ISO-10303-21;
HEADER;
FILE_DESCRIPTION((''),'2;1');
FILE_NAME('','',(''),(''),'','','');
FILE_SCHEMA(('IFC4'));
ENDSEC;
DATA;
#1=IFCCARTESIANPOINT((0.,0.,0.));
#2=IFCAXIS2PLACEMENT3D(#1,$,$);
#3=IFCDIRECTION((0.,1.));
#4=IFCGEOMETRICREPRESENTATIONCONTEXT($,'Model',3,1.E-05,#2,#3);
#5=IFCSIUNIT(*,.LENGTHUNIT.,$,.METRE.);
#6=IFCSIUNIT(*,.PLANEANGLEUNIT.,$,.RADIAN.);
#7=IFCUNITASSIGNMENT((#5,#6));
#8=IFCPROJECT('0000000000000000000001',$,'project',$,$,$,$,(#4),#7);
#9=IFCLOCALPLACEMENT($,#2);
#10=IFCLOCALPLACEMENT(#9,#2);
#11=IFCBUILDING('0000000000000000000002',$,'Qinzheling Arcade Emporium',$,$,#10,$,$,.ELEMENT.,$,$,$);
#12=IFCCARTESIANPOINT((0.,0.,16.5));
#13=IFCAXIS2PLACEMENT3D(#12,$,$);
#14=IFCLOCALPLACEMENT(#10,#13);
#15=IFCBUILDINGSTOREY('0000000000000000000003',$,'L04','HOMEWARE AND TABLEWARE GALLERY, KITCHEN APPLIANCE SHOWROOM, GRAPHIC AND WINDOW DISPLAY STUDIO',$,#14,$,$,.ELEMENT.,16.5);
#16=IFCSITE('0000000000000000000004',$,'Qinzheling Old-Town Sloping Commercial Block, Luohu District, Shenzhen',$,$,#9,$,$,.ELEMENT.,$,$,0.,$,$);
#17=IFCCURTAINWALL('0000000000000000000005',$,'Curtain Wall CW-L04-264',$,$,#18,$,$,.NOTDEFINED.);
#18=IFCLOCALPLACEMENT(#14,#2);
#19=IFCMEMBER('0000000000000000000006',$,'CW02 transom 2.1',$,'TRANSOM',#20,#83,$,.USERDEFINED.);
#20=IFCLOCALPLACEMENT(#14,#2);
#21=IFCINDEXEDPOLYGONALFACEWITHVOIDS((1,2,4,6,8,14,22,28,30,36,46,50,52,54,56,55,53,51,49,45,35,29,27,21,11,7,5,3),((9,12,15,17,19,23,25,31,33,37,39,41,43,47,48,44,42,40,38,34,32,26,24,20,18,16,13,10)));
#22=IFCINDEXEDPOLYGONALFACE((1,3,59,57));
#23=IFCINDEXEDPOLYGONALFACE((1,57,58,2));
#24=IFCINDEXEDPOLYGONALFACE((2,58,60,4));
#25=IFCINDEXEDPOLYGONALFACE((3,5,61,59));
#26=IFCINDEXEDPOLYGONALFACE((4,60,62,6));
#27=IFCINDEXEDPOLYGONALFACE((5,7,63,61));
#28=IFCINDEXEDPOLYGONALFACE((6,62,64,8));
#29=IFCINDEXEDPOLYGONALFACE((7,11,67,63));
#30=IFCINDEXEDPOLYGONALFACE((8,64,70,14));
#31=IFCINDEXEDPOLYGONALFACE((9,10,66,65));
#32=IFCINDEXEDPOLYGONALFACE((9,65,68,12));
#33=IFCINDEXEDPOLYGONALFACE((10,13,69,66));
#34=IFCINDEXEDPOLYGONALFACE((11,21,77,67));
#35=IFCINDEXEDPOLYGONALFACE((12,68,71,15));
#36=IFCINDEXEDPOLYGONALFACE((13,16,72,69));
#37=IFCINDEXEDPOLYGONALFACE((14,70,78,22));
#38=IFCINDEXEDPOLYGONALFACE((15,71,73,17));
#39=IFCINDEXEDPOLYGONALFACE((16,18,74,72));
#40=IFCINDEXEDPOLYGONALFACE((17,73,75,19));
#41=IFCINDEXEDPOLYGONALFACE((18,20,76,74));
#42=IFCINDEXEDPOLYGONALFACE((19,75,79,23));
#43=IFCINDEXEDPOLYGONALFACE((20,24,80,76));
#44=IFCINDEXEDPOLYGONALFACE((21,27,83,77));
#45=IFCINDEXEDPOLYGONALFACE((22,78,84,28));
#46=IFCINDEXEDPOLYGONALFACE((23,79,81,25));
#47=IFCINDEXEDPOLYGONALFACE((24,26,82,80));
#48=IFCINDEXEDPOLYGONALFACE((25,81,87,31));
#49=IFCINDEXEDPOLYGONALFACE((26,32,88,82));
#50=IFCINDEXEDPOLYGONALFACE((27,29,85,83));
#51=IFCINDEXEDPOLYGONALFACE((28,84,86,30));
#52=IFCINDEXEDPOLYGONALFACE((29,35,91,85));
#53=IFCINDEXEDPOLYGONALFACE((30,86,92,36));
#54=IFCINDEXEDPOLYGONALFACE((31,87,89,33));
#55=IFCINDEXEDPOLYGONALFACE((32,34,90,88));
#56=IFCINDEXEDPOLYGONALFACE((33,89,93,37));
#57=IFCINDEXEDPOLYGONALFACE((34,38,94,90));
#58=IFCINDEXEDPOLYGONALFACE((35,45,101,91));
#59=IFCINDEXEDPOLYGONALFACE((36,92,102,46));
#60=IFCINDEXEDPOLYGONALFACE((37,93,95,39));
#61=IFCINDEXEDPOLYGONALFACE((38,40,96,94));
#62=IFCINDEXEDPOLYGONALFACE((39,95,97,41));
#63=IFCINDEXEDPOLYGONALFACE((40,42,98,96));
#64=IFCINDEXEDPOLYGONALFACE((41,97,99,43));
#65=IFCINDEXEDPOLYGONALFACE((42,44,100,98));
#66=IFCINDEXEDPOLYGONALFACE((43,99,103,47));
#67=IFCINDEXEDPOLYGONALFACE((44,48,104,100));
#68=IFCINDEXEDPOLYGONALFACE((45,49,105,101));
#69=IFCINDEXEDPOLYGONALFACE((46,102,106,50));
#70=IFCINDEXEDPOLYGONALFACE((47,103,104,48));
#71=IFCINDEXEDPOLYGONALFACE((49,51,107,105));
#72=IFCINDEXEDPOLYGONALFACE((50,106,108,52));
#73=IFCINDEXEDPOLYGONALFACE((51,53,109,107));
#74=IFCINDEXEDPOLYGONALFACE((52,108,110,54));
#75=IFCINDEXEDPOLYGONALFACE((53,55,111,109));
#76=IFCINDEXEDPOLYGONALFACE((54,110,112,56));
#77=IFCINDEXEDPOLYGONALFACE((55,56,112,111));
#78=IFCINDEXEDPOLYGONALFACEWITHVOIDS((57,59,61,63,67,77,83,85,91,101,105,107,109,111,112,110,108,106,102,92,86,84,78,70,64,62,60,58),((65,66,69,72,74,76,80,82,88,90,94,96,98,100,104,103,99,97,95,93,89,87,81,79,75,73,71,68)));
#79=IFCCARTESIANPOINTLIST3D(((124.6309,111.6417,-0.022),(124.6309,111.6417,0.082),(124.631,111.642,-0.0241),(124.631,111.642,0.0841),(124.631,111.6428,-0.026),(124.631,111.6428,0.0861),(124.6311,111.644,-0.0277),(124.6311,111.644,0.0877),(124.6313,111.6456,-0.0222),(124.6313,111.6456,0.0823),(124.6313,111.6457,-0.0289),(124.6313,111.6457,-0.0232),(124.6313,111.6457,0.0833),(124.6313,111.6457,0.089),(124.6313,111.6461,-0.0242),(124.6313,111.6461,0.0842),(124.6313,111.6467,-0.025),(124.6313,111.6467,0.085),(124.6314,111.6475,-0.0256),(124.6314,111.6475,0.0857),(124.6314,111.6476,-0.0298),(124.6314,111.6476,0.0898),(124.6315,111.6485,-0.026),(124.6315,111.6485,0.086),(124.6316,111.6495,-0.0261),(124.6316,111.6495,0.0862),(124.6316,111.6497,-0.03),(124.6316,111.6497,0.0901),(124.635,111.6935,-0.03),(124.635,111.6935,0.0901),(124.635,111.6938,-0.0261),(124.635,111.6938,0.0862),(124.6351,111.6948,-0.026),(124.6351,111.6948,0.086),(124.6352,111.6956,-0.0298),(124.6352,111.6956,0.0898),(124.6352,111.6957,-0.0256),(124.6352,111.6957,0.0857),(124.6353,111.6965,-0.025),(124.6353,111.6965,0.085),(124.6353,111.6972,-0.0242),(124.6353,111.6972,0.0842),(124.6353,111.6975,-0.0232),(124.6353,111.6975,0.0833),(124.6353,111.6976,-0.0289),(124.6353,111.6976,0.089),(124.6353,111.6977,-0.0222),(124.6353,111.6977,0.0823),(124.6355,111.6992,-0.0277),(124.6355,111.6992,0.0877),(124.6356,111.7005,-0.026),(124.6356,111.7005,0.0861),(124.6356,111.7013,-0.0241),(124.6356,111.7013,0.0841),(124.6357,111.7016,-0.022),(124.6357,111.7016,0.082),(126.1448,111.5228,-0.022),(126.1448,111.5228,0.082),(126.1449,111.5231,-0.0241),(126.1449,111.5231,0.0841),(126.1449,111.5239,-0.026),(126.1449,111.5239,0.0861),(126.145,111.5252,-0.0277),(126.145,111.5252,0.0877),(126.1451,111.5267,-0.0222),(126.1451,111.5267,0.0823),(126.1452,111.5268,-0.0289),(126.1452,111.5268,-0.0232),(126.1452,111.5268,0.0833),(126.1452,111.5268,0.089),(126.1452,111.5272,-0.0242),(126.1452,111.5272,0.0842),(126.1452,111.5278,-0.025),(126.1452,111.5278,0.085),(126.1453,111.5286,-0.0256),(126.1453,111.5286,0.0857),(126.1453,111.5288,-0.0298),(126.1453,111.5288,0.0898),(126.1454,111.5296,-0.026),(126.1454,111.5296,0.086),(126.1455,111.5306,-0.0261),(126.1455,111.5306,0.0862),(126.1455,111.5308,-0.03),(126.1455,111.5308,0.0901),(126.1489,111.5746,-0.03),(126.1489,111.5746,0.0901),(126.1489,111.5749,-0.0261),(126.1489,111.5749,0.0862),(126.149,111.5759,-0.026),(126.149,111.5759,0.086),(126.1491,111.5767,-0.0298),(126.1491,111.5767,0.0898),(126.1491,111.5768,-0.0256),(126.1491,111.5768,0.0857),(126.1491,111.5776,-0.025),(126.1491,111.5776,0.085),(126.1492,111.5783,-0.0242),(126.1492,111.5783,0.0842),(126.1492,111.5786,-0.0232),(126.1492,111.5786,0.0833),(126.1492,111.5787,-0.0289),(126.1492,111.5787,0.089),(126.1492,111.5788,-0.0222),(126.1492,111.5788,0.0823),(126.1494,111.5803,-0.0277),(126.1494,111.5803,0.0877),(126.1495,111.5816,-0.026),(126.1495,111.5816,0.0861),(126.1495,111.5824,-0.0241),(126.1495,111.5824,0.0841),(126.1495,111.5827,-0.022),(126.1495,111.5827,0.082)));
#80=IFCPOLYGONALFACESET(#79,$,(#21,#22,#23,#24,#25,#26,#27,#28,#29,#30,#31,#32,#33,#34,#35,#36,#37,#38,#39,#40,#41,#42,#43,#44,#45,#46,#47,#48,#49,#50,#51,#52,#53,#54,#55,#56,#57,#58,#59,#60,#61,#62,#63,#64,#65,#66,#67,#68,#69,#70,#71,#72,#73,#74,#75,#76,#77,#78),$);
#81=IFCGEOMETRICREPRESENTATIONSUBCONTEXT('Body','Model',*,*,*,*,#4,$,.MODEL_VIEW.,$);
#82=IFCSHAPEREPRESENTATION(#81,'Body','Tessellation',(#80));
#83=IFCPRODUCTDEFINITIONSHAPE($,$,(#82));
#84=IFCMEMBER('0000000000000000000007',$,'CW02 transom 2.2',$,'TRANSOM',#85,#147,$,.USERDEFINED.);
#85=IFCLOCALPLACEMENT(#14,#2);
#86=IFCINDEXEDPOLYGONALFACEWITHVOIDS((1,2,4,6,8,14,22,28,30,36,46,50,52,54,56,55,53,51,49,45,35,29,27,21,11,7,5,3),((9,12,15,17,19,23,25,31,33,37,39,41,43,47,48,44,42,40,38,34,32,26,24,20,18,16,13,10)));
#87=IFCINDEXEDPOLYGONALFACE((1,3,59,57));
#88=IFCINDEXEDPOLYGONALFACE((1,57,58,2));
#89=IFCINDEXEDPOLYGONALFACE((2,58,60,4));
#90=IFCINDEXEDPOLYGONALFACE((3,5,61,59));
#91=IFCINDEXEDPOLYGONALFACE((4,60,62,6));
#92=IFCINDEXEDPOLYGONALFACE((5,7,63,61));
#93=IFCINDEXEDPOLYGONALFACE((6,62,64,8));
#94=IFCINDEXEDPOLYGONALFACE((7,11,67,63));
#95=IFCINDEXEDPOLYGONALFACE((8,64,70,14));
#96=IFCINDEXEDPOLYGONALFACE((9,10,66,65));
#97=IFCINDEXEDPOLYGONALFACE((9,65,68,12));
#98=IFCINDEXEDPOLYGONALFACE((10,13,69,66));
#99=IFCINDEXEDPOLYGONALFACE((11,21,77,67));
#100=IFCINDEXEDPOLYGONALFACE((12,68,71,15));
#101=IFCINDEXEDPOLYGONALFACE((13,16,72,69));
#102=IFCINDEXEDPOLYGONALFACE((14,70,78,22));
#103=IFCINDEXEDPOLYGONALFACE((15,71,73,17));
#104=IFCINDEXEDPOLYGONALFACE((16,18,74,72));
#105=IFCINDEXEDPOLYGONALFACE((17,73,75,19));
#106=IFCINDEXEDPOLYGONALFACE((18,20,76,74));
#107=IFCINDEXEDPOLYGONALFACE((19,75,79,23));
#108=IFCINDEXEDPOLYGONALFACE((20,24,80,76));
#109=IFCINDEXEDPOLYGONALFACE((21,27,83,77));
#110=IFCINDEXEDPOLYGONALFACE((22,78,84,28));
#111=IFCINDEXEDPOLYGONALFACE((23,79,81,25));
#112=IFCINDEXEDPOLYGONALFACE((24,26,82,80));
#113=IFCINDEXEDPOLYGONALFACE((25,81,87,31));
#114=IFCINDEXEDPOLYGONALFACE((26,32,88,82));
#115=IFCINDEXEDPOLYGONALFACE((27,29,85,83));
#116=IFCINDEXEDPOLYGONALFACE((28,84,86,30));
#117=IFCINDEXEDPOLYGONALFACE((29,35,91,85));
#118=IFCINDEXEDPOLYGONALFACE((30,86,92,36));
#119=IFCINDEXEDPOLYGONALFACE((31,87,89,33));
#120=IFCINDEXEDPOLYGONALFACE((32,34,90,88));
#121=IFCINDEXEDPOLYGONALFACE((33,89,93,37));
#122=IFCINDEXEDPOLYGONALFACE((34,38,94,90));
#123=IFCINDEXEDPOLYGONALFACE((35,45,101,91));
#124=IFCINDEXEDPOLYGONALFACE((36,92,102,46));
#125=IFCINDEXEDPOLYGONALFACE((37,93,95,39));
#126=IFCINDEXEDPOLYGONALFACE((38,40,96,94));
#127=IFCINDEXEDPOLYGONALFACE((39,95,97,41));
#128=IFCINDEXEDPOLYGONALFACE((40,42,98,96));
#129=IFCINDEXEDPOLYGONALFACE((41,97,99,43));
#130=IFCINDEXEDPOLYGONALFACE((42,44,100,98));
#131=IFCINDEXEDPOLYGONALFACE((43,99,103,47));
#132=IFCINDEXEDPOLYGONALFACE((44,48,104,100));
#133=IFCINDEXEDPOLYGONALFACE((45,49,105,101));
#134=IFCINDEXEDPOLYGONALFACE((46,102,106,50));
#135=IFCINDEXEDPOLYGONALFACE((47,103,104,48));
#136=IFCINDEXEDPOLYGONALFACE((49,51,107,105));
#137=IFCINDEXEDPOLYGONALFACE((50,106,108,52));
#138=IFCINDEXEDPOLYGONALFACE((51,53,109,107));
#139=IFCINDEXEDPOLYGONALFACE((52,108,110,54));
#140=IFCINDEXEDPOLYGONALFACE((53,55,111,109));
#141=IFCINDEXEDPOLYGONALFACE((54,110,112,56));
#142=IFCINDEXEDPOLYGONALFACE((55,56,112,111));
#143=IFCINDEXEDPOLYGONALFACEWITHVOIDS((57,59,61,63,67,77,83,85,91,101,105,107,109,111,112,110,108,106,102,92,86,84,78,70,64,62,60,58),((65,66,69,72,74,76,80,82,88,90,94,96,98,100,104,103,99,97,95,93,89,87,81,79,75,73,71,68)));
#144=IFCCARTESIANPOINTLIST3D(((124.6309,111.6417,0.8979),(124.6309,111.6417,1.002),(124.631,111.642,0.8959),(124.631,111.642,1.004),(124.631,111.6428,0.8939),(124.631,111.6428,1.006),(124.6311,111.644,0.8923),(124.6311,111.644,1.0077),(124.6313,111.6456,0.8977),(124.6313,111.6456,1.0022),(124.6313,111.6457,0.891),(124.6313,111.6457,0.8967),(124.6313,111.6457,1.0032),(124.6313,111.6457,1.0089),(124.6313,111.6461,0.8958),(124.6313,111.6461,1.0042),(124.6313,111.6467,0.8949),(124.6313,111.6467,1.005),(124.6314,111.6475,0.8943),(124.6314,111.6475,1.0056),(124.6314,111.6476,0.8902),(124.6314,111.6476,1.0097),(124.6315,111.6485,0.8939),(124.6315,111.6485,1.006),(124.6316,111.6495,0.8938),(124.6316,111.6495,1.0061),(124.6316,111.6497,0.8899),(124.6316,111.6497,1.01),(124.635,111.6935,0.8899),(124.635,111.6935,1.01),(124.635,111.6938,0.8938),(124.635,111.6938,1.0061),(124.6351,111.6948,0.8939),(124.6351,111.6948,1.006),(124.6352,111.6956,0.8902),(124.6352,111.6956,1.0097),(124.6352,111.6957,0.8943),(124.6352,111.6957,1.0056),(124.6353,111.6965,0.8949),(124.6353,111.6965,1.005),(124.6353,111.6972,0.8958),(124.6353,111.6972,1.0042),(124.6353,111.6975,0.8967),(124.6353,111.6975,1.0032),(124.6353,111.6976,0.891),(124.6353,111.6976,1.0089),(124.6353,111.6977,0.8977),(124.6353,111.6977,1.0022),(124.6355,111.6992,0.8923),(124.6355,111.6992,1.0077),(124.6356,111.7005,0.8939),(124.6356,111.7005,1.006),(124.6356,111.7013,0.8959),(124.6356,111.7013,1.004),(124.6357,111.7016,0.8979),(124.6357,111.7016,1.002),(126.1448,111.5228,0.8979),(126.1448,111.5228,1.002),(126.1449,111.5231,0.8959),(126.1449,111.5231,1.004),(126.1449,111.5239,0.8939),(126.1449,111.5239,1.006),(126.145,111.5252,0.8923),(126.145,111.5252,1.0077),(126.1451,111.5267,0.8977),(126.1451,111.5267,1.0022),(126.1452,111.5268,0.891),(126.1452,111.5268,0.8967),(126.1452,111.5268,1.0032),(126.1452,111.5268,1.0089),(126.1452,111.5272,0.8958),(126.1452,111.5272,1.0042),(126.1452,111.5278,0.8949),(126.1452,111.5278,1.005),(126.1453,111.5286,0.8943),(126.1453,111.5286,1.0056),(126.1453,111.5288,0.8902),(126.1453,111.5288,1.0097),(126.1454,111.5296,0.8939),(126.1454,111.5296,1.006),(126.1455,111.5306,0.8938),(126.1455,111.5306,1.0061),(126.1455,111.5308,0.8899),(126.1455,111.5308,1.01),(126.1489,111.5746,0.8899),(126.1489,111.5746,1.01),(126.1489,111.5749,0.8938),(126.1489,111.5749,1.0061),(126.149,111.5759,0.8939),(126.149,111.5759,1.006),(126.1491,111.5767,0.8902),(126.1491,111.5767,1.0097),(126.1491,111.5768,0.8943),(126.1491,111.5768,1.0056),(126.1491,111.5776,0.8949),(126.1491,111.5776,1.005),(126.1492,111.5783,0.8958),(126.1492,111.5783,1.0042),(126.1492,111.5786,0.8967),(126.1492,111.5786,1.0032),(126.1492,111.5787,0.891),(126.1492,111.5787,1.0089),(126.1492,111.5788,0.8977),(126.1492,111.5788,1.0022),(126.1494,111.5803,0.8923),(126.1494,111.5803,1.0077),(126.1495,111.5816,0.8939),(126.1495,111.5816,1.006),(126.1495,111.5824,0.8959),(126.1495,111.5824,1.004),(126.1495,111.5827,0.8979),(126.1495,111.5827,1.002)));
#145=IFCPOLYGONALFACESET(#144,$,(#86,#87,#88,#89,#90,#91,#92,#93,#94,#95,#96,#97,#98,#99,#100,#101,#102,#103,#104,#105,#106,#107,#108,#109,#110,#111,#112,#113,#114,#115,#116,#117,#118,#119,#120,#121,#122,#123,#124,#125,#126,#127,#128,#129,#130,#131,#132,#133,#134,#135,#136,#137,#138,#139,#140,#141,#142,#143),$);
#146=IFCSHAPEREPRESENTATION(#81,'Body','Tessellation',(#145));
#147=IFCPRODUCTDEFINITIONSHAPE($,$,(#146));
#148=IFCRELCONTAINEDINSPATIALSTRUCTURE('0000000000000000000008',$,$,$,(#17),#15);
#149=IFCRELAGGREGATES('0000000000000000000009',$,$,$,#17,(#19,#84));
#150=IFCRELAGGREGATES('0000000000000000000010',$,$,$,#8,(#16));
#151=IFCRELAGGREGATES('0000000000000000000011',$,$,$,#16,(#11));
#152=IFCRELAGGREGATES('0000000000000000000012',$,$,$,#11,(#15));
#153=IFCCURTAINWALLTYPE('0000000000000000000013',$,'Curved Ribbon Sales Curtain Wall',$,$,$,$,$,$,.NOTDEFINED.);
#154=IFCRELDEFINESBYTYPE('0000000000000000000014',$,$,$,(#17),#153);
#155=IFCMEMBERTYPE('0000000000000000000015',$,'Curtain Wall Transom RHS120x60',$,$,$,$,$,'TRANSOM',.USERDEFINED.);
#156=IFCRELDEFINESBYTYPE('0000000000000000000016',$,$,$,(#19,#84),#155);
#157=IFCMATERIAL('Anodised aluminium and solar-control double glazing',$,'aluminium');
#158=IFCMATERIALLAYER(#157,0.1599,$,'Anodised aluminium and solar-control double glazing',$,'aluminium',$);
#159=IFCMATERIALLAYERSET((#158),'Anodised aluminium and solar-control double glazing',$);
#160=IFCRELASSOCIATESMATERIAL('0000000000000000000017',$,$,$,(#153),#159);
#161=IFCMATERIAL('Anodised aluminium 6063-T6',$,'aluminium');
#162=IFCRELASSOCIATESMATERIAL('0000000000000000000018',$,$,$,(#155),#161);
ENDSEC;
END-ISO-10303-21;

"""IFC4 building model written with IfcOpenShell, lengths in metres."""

from ifc_helpers import new_model, si_unit, direction, frame, origin, origin_2d, place, context, subcontext, project, spatial, hollow_rectangle, extrude, material, layer, layer_set, material_profile, profile_set, type_object, element, aggregate, save


model = new_model("IFC4")

# Units and contexts
model_context = context("Model", 3, precision=1e-05, world=origin(), true_north=direction((0.0, 1.0)))
body_context = subcontext(model_context, "Body", "Model", "MODEL_VIEW")
ifc_project = project(units=[si_unit("LENGTHUNIT", "METRE"), si_unit("PLANEANGLEUNIT", "RADIAN")], contexts=[model_context])

# Site, building, storey
site_placement = place(None, origin())
site = spatial("IfcSite", under=ifc_project, at=site_placement, Name="Qinzheling Old-Town Sloping Commercial Block, Luohu District, Shenzhen", CompositionType="ELEMENT", RefElevation=0.0)
building_placement = place(site_placement, origin())
building = spatial("IfcBuilding", under=site, at=building_placement, Name="Qinzheling Arcade Emporium", CompositionType="ELEMENT")
storey_placement = place(building_placement, frame((0.0, 0.0, 16.5)))
storey = spatial("IfcBuildingStorey", under=building, at=storey_placement, Name="L04", Description="HOMEWARE AND TABLEWARE GALLERY, KITCHEN APPLIANCE SHOWROOM, GRAPHIC AND WINDOW DISPLAY STUDIO", CompositionType="ELEMENT", Elevation=16.5)

# Shared definitions
ifc_material_1 = material(Name="Anodised aluminium and solar-control double glazing", Category="aluminium")
ifc_material_2 = material(Name="Anodised aluminium 6063-T6", Category="aluminium")

# Curtain wall
ifc_layer_1 = layer(ifc_material_1, 0.1599, Name="Anodised aluminium and solar-control double glazing", Category="aluminium")
ifc_layer_set_1 = layer_set([ifc_layer_1], Name="Anodised aluminium and solar-control double glazing")
curtain_wall_type_1 = type_object("IfcCurtainWallType", Name="Curved Ribbon Sales Curtain Wall", PredefinedType="NOTDEFINED", material=ifc_layer_set_1)
curtain_wall_1_placement = place(storey_placement, origin())
curtain_wall_1 = element("IfcCurtainWall", 1, at=curtain_wall_1_placement, inside=storey, type_object=curtain_wall_type_1, Name="Curtain Wall CW-L04-264", PredefinedType="NOTDEFINED")

# Members
ifc_material_profile_1 = material_profile(ifc_material_2, hollow_rectangle(XDim=0.0601, YDim=0.1201, WallThickness=0.0039, InnerFilletRadius=0.0039, OuterFilletRadius=0.0081, at=origin_2d()), Name="RHS 120x60x4", Category="aluminium")
ifc_profile_set_1 = profile_set([ifc_material_profile_1], Name="Anodised aluminium 6063-T6")
member_type_1 = type_object("IfcMemberType", Name="Curtain Wall Transom RHS120x60", ElementType="TRANSOM", PredefinedType="USERDEFINED", material=ifc_profile_set_1)
member_1_placement = place(storey_placement, frame((124.6333, 111.6716, 0.03), z_axis=(0.99693, -0.078295, 0.0), x_axis=(0.078295, 0.99693, 0.0)))
member_1 = element("IfcMember", 2, at=member_1_placement, type_object=member_type_1, Name="CW02 transom 2.1", ObjectType="TRANSOM", PredefinedType="USERDEFINED", context=body_context, shape_type="SweptSolid", body=[
    extrude(hollow_rectangle(XDim=0.0601, YDim=0.1201, WallThickness=0.0039, InnerFilletRadius=0.0039, OuterFilletRadius=0.0081, at=origin_2d()), origin(), (0.0, 0.0, 1.0), 1.5186),
])
member_2_placement = place(storey_placement, frame((124.6333, 111.6716, 0.95), z_axis=(0.99693, -0.078295, 0.0), x_axis=(0.078295, 0.99693, 0.0)))
member_2 = element("IfcMember", 3, at=member_2_placement, type_object=member_type_1, Name="CW02 transom 2.2", ObjectType="TRANSOM", PredefinedType="USERDEFINED", context=body_context, shape_type="SweptSolid", body=[
    extrude(hollow_rectangle(XDim=0.0601, YDim=0.1201, WallThickness=0.0039, InnerFilletRadius=0.0039, OuterFilletRadius=0.0081, at=origin_2d()), origin(), (0.0, 0.0, 1.0), 1.5186),
])

aggregate(curtain_wall_1, [member_1, member_2])

save(model, "model.ifc")
